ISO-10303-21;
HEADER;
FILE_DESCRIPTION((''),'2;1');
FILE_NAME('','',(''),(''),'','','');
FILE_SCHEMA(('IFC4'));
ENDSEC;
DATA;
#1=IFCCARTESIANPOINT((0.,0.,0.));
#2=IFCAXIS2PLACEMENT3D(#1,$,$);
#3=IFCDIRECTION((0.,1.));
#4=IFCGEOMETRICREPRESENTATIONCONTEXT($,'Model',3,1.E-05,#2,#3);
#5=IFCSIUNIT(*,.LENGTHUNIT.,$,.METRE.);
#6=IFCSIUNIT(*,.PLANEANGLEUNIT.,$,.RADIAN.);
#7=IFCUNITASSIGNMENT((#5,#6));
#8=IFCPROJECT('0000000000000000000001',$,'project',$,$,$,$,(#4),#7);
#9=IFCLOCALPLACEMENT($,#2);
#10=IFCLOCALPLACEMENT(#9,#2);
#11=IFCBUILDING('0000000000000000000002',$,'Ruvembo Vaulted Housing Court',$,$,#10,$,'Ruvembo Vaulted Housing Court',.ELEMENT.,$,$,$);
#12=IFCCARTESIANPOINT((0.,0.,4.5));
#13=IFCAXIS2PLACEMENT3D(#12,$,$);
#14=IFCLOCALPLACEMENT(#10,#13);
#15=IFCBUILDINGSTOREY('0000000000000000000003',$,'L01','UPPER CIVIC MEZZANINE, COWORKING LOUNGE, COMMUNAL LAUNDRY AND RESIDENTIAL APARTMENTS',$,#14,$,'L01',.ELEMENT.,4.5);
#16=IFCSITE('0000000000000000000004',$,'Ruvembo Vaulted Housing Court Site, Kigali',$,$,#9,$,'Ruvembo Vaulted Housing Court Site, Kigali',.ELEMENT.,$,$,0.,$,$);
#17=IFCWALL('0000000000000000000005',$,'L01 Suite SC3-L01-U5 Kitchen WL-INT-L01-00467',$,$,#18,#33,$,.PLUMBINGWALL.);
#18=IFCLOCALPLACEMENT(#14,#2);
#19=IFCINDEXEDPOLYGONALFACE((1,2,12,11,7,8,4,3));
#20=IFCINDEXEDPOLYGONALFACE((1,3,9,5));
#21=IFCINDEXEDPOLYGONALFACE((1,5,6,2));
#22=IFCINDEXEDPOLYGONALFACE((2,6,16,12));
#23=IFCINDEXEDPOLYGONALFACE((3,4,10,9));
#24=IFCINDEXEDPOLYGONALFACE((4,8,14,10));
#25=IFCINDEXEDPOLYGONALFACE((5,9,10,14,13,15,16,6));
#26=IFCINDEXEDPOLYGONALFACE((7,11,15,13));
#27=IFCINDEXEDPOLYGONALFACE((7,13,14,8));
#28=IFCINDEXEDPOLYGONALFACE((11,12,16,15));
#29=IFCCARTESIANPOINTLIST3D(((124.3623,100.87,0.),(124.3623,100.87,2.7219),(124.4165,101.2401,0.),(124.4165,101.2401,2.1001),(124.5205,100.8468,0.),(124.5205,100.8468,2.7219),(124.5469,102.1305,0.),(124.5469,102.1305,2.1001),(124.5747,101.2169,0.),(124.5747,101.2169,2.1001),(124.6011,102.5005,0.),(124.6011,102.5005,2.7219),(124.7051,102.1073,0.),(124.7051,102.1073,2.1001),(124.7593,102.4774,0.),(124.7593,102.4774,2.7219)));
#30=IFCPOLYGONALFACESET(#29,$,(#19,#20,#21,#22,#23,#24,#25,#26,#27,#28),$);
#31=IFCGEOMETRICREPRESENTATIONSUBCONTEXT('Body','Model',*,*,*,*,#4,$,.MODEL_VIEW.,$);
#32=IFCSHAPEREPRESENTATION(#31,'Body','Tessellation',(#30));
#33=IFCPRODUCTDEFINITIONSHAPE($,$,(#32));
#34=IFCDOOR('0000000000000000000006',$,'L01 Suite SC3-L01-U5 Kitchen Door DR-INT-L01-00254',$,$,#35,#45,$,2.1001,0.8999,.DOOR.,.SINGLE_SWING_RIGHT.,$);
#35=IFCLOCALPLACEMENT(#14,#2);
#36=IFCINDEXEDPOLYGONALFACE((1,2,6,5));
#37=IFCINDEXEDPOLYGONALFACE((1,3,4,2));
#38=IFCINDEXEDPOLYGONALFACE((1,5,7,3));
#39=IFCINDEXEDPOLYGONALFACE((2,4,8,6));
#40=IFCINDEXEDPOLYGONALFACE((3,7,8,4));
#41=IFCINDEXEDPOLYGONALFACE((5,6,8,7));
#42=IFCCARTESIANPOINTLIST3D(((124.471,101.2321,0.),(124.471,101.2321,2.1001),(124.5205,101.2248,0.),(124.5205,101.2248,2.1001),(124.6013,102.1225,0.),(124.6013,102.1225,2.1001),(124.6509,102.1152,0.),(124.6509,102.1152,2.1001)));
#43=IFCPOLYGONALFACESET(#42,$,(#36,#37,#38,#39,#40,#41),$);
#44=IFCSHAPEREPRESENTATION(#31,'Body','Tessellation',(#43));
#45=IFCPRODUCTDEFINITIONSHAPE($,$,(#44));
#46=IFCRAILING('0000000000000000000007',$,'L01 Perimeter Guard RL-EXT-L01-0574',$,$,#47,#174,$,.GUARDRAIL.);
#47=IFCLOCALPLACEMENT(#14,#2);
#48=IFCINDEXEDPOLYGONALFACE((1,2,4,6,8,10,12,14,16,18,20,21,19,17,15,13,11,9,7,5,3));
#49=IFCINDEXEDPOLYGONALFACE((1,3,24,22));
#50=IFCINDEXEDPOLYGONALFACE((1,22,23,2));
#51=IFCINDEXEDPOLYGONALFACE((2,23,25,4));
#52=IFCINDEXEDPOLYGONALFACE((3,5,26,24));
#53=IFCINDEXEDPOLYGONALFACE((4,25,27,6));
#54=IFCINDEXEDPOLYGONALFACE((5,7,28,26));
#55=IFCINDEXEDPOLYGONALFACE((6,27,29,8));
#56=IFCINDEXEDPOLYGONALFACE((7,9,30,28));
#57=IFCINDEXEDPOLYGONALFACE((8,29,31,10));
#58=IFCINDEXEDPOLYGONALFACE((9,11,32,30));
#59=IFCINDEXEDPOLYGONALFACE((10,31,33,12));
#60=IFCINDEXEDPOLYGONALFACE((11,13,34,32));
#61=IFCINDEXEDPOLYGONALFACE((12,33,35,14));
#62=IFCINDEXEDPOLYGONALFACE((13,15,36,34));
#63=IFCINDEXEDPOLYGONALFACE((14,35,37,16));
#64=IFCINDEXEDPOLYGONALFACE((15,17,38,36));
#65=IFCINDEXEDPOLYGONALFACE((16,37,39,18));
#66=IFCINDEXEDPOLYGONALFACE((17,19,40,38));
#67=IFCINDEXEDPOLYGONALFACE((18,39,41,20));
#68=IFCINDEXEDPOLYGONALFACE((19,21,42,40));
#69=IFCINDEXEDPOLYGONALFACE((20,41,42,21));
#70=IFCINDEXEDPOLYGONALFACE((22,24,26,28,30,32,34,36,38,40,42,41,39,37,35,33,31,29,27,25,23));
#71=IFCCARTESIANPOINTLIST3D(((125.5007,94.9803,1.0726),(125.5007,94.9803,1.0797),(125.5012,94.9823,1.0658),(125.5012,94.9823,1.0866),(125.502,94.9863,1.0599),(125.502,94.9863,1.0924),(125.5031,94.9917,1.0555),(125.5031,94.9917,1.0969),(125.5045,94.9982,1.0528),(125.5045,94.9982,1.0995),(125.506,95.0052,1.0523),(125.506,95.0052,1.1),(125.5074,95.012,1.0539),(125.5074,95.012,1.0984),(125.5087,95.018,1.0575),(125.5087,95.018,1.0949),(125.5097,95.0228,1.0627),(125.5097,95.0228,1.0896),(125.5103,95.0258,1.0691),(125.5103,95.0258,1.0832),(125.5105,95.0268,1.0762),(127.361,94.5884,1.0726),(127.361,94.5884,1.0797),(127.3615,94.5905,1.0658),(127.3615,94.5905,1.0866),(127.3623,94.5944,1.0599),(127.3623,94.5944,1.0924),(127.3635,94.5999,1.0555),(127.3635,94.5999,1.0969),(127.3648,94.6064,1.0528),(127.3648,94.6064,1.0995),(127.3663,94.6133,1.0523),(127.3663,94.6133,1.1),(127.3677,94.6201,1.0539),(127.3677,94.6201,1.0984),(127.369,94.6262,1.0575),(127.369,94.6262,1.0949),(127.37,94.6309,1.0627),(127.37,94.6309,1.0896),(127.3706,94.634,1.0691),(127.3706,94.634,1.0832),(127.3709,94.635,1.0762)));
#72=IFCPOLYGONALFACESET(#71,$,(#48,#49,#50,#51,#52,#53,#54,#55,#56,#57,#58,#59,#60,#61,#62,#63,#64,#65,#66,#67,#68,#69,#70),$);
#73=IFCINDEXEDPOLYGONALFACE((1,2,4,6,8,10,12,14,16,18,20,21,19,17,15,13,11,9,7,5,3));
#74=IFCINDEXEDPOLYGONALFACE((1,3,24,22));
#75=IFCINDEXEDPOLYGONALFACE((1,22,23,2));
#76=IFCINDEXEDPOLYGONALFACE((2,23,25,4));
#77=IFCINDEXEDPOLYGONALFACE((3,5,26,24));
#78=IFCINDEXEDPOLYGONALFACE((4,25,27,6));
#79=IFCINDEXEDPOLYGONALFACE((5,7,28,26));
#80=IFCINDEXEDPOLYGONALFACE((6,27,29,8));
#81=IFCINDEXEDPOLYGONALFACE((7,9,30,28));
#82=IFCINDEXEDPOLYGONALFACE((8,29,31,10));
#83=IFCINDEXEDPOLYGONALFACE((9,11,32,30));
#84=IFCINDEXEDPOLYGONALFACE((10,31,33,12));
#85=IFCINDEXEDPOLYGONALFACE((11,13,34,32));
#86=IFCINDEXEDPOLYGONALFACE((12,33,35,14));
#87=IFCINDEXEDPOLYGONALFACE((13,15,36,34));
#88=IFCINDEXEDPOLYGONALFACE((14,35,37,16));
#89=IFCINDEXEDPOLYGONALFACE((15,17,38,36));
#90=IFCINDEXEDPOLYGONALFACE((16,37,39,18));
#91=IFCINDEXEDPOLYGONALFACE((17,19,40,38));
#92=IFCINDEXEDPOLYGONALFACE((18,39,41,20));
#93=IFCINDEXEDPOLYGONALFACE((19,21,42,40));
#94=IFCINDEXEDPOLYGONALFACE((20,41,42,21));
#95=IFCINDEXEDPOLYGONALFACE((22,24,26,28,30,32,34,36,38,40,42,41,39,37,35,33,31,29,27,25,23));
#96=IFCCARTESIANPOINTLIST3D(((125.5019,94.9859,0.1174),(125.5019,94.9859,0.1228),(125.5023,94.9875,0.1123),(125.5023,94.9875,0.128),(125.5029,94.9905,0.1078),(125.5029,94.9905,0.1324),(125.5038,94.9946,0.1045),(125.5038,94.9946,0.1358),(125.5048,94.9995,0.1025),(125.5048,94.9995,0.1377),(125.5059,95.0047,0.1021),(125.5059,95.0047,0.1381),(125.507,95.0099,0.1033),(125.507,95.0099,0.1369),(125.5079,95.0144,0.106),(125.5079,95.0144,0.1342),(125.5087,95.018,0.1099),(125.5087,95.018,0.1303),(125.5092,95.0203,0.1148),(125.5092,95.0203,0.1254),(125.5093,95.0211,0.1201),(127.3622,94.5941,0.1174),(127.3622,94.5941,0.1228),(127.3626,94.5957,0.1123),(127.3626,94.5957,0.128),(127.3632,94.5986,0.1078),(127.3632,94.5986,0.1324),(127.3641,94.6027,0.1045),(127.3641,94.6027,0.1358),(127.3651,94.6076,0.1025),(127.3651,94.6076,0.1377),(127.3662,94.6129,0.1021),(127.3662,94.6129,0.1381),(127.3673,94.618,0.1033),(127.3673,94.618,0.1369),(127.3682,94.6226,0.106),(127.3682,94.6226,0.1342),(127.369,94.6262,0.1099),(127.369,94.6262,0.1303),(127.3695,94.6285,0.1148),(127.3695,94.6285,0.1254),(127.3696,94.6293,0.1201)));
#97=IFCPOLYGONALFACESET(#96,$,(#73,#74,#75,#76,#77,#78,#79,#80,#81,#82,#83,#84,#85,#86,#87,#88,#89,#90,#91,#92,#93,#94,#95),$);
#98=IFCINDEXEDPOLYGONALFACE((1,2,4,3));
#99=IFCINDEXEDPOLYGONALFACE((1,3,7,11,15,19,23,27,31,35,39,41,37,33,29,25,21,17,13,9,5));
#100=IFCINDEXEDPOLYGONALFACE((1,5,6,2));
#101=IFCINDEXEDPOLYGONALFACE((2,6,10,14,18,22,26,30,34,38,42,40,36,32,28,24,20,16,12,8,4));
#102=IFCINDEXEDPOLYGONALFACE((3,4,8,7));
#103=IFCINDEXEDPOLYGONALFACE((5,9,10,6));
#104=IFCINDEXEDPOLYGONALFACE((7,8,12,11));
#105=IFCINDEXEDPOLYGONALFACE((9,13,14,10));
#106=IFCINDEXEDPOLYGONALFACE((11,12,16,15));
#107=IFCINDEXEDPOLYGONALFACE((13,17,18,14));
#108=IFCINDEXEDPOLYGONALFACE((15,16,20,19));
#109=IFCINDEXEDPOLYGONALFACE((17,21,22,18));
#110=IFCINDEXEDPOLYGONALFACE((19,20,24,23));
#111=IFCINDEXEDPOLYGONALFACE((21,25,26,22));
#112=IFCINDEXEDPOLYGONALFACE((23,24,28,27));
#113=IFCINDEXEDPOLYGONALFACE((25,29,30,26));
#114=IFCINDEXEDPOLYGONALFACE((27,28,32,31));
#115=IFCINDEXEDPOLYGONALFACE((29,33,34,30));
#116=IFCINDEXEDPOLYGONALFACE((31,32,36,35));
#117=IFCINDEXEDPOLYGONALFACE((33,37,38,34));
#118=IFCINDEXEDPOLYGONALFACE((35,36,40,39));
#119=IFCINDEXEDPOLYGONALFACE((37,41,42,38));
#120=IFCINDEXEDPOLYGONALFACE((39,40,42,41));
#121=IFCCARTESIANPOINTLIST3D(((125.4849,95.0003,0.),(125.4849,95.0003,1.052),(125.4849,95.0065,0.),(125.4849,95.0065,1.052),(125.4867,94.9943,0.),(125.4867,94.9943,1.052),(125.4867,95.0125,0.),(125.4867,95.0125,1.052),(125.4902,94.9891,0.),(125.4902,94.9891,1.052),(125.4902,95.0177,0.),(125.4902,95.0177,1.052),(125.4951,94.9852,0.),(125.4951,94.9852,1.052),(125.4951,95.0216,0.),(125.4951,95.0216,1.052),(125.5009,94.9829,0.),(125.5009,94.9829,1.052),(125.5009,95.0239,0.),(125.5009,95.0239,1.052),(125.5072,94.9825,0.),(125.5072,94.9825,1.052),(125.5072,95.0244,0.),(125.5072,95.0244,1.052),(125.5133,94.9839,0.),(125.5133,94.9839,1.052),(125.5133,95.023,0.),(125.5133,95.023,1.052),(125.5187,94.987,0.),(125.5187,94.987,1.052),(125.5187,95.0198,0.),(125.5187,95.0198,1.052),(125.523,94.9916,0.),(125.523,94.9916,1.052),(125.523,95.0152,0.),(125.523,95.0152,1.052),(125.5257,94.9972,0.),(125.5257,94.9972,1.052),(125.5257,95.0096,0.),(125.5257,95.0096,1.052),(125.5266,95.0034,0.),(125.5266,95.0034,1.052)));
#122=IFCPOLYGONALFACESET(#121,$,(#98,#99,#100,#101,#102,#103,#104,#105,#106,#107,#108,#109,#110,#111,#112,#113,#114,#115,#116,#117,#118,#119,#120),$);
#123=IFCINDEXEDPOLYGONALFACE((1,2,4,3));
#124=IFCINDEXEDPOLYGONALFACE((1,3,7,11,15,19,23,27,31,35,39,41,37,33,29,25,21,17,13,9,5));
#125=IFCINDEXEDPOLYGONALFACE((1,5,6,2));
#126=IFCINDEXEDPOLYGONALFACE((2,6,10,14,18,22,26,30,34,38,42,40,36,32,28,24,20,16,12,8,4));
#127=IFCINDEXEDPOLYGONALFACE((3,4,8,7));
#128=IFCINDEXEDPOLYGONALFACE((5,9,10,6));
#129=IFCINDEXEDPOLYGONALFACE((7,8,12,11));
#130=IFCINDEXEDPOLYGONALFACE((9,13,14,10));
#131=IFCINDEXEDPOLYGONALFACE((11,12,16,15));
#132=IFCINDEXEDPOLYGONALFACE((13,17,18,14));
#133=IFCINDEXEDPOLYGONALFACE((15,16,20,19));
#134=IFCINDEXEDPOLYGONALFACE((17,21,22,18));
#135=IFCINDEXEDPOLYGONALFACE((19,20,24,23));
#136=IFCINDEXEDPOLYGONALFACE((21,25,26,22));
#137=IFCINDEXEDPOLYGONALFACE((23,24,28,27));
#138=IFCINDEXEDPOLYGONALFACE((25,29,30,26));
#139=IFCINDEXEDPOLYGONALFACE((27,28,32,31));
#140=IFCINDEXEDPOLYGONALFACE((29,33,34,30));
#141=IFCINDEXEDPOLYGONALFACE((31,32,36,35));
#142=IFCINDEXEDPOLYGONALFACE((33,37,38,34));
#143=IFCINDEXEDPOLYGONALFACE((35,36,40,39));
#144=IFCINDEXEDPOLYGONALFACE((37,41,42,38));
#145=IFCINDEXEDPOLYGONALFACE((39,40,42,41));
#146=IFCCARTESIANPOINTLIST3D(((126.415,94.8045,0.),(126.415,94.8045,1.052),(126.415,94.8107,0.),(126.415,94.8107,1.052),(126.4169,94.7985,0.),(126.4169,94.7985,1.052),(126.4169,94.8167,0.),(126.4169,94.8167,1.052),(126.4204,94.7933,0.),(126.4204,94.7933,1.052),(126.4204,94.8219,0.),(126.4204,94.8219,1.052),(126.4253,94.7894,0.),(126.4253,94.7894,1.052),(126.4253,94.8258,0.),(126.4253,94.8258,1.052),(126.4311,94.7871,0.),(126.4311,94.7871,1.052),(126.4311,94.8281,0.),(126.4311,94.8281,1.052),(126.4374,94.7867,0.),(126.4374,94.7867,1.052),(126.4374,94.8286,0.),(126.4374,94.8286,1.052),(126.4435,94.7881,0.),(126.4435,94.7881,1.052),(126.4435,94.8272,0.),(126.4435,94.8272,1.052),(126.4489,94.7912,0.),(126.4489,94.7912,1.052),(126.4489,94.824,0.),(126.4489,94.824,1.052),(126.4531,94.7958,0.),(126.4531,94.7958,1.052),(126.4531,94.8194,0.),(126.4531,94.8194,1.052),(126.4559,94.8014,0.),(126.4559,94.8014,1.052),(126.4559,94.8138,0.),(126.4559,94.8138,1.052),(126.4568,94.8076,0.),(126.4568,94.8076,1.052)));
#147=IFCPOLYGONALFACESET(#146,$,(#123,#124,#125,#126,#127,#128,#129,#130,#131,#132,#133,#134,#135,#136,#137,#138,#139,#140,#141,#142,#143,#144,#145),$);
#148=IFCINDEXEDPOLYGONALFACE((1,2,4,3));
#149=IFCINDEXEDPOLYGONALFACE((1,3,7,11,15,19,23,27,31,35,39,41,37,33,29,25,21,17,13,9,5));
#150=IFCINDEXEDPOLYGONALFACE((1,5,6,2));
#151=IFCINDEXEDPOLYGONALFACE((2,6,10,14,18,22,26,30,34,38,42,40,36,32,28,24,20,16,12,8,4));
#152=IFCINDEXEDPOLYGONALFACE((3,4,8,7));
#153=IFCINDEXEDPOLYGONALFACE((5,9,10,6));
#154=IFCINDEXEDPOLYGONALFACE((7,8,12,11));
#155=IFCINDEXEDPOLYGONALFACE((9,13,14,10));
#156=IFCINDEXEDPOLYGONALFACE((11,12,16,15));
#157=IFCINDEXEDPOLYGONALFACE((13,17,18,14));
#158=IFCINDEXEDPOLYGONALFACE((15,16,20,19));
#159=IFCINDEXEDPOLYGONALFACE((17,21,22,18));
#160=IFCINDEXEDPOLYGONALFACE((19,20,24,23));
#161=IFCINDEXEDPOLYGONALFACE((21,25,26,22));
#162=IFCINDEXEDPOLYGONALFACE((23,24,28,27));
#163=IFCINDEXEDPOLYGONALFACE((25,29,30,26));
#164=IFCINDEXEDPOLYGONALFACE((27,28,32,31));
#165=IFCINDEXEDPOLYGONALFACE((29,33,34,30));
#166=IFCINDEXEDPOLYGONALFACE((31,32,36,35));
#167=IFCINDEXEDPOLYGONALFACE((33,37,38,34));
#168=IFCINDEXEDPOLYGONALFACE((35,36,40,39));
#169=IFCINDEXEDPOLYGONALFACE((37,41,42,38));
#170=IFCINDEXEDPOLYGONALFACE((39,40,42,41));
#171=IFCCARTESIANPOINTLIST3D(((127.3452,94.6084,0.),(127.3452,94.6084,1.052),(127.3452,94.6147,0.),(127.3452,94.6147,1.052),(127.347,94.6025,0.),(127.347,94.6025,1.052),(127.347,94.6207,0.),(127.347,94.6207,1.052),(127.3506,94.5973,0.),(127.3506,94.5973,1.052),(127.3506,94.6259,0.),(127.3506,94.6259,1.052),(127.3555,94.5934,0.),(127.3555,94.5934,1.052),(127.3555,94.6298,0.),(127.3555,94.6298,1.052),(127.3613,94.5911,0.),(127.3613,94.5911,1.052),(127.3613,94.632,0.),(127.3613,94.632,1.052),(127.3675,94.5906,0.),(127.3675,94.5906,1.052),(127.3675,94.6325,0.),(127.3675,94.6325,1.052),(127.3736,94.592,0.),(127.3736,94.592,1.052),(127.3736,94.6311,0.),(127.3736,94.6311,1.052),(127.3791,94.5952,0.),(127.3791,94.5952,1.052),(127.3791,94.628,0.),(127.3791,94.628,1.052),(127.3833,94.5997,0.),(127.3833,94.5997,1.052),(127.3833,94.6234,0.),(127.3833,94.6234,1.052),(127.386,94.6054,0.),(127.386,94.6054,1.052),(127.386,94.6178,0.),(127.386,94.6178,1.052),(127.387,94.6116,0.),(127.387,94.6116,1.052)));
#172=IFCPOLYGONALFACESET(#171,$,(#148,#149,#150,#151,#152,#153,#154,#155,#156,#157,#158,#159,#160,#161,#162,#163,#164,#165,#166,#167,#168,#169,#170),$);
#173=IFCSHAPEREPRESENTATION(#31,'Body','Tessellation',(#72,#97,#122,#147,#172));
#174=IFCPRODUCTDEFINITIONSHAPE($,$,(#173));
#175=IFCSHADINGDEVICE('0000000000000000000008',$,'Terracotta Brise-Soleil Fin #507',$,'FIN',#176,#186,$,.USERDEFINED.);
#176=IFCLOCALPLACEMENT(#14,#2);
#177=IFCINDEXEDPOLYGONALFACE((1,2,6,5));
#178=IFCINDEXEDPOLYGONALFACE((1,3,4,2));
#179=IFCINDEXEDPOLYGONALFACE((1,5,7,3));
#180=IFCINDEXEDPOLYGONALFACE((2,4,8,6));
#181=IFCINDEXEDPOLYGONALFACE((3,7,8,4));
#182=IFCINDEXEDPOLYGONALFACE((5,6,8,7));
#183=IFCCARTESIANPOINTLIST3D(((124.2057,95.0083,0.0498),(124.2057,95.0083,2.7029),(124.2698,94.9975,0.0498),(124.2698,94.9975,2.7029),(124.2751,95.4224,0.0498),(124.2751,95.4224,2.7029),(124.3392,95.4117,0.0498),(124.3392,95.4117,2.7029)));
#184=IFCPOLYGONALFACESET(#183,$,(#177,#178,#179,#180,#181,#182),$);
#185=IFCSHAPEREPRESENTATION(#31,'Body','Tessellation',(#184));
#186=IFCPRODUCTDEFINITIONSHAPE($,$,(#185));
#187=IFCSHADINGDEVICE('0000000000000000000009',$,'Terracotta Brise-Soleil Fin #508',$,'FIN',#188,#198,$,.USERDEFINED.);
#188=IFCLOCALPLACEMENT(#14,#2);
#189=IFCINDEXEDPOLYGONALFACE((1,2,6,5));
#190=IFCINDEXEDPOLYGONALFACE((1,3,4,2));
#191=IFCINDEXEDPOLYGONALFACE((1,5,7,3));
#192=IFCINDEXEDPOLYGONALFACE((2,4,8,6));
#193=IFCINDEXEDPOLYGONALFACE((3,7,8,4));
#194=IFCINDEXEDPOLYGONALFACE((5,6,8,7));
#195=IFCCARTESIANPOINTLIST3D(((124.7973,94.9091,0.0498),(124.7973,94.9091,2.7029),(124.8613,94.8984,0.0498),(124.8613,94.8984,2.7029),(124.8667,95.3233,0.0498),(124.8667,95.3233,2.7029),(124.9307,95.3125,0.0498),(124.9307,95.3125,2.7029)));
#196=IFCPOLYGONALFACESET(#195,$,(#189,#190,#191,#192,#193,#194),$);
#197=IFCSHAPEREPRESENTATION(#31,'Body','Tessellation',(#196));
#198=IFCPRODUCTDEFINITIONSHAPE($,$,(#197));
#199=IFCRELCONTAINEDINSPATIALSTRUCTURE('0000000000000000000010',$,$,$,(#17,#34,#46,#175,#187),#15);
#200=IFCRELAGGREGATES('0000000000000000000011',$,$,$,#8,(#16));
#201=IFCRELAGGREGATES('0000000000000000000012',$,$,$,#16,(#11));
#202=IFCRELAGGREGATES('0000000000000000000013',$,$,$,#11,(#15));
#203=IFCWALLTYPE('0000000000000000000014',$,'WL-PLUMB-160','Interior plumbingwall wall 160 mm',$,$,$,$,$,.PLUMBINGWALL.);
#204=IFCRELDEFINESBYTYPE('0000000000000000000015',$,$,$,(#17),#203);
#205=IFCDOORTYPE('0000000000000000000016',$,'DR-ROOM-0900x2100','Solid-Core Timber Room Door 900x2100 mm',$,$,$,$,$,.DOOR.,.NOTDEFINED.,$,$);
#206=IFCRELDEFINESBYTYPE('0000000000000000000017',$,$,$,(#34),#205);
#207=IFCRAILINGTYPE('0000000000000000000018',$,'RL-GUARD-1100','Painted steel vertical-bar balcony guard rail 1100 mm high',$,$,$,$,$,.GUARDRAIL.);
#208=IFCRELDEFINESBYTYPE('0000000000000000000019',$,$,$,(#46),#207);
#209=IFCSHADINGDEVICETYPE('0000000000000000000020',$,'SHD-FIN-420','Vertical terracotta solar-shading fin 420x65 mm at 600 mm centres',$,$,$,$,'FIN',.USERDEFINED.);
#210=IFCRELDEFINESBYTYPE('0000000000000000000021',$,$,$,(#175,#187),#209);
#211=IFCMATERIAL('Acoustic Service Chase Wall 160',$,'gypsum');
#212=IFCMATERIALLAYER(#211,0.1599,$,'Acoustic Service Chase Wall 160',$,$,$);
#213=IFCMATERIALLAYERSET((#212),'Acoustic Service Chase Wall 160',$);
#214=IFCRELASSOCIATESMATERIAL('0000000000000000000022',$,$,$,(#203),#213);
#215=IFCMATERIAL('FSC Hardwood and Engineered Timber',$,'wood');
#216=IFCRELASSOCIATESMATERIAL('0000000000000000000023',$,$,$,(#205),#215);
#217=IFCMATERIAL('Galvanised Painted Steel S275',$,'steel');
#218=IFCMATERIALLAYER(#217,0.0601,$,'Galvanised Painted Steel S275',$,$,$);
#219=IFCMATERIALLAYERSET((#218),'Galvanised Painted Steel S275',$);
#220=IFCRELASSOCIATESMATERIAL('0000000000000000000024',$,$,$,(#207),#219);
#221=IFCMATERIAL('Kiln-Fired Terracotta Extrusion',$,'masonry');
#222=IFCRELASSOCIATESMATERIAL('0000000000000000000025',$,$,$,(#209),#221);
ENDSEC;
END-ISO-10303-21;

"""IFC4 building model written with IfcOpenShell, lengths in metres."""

from ifc_helpers import new_model, si_unit, direction, frame, frame_2d, origin, origin_2d, place, context, subcontext, project, spatial, rectangle, circle, extrude, material, layer, layer_set, type_object, element, fill, save


model = new_model("IFC4")

# Units and contexts
model_context = context("Model", 3, precision=1e-05, world=origin(), true_north=direction((0.0, 1.0)))
body_context = subcontext(model_context, "Body", "Model", "MODEL_VIEW")
ifc_project = project(units=[si_unit("LENGTHUNIT", "METRE"), si_unit("PLANEANGLEUNIT", "RADIAN")], contexts=[model_context])

# Site, building, storey
site_placement = place(None, origin())
site = spatial("IfcSite", under=ifc_project, at=site_placement, Name="Ruvembo Vaulted Housing Court Site, Kigali", LongName="Ruvembo Vaulted Housing Court Site, Kigali", CompositionType="ELEMENT", RefElevation=0.0)
building_placement = place(site_placement, origin())
building = spatial("IfcBuilding", under=site, at=building_placement, Name="Ruvembo Vaulted Housing Court", LongName="Ruvembo Vaulted Housing Court", CompositionType="ELEMENT")
storey_placement = place(building_placement, frame((0.0, 0.0, 4.5)))
storey = spatial("IfcBuildingStorey", under=building, at=storey_placement, Name="L01", Description="UPPER CIVIC MEZZANINE, COWORKING LOUNGE, COMMUNAL LAUNDRY AND RESIDENTIAL APARTMENTS", LongName="L01", CompositionType="ELEMENT", Elevation=4.5)

# Wall, opening, door
ifc_material_1 = material(Name="FSC Hardwood and Engineered Timber", Category="wood")
ifc_material_2 = material(Name="Acoustic Service Chase Wall 160", Category="gypsum")
ifc_layer_1 = layer(ifc_material_2, 0.1599, Name="Acoustic Service Chase Wall 160")
ifc_layer_set_1 = layer_set([ifc_layer_1], Name="Acoustic Service Chase Wall 160")
wall_type_1 = type_object("IfcWallType", Name="WL-PLUMB-160", Description="Interior plumbingwall wall 160 mm", PredefinedType="PLUMBINGWALL", material=ifc_layer_set_1)
wall_1_placement = place(storey_placement, frame((124.4414, 100.8584, 0.0), z_axis=(0.0, 0.0, 1.0), x_axis=(0.144884, 0.989449, 0.0)))
wall_1 = element("IfcWall", 1, at=wall_1_placement, inside=storey, type_object=wall_type_1, Name="L01 Suite SC3-L01-U5 Kitchen WL-INT-L01-00467", PredefinedType="PLUMBINGWALL", context=body_context, shape_type="SweptSolid", body=[
    extrude(rectangle(XDim=1.6479, YDim=0.1599, at=frame_2d((0.824, 0.0))), origin(), (0.0, 0.0, 1.0), 2.7219),
])
opening_1_placement = place(wall_1_placement, frame((0.374, 0.0, 0.0)))
opening_1 = element("IfcOpeningElement", 2, at=opening_1_placement, cuts=wall_1, PredefinedType="OPENING", context=body_context, shape_type="SweptSolid", body=[
    extrude(rectangle(XDim=0.8999, YDim=2.1001, at=frame_2d((0.45, 1.05))), frame((0.0, 0.0898, 0.0), z_axis=(0.0, -1.0, 0.0), x_axis=(1.0, 0.0, 0.0)), (0.0, 0.0, 1.0), 0.1799),
])
door_type_1 = type_object("IfcDoorType", Name="DR-ROOM-0900x2100", Description="Solid-Core Timber Room Door 900x2100 mm", OperationType="NOTDEFINED", PredefinedType="DOOR", material=ifc_material_1)
door_1_placement = place(opening_1_placement, origin())
door_1 = element("IfcDoor", 3, at=door_1_placement, inside=storey, type_object=door_type_1, Name="L01 Suite SC3-L01-U5 Kitchen Door DR-INT-L01-00254", OperationType="SINGLE_SWING_RIGHT", OverallHeight=2.1001, OverallWidth=0.8999, PredefinedType="DOOR", context=body_context, shape_type="SweptSolid", body=[
    extrude(rectangle(XDim=0.8999, YDim=2.1001, at=frame_2d((0.45, 1.05))), frame((0.0, 0.0249, 0.0), z_axis=(0.0, -1.0, 0.0), x_axis=(1.0, 0.0, 0.0)), (0.0, 0.0, 1.0), 0.05),
])
fill(opening_1, door_1)

# Railing
ifc_material_3 = material(Name="Galvanised Painted Steel S275", Category="steel")
ifc_layer_2 = layer(ifc_material_3, 0.0601, Name="Galvanised Painted Steel S275")
ifc_layer_set_2 = layer_set([ifc_layer_2], Name="Galvanised Painted Steel S275")
railing_type = type_object("IfcRailingType", Name="RL-GUARD-1100", Description="Painted steel vertical-bar balcony guard rail 1100 mm high", PredefinedType="GUARDRAIL", material=ifc_layer_set_2)
railing_placement = place(storey_placement, frame((125.5056, 95.0034, 0.0)))
element("IfcRailing", 4, at=railing_placement, inside=storey, type_object=railing_type, Name="L01 Perimeter Guard RL-EXT-L01-0574", PredefinedType="GUARDRAIL", context=body_context, shape_type="SweptSolid", body=[
    extrude(circle(Radius=0.0239, at=origin_2d()), frame((0.0, 0.0, 1.0762), z_axis=(0.978529, -0.206108, 0.0), x_axis=(0.206108, 0.978529, 0.0)), (0.0, 0.0, 1.0), 1.9011),
    extrude(circle(Radius=0.0181, at=origin_2d()), frame((0.0, 0.0, 0.1201), z_axis=(0.978529, -0.206108, 0.0), x_axis=(0.206108, 0.978529, 0.0)), (0.0, 0.0, 1.0), 1.9011),
    extrude(circle(Radius=0.021, at=origin_2d()), origin(), (0.0, 0.0, 1.0), 1.052),
    extrude(circle(Radius=0.021, at=origin_2d()), frame((0.9302, -0.1958, 0.0)), (0.0, 0.0, 1.0), 1.052),
    extrude(circle(Radius=0.021, at=origin_2d()), frame((1.8604, -0.3918, 0.0)), (0.0, 0.0, 1.0), 1.052),
])

# Shading devices
ifc_material_4 = material(Name="Kiln-Fired Terracotta Extrusion", Category="masonry")
shading_device_type = type_object("IfcShadingDeviceType", Name="SHD-FIN-420", Description="Vertical terracotta solar-shading fin 420x65 mm at 600 mm centres", ElementType="FIN", PredefinedType="USERDEFINED", material=ifc_material_4)
for number, where, z_axis, x_axis, name in (
    (5, (124.2725, 95.21, 0.0498), (0.0, 0.0, 1.0), (-0.165271, -0.986248, 0.0), "Terracotta Brise-Soleil Fin #507"),
    (6, (124.864, 95.1108, 0.0498), (0.0, 0.0, 1.0), (-0.165271, -0.986248, 0.0), "Terracotta Brise-Soleil Fin #508"),
):
    element("IfcShadingDevice", number, at=place(storey_placement, frame(where, z_axis=z_axis, x_axis=x_axis)), inside=storey, type_object=shading_device_type, Name=name, ObjectType="FIN", PredefinedType="USERDEFINED", context=body_context, shape_type="SweptSolid", body=[
        extrude(rectangle(XDim=0.4199, YDim=0.0649, at=origin_2d()), origin(), (0.0, 0.0, 1.0), 2.6531),
    ])

save(model, "model.ifc")
